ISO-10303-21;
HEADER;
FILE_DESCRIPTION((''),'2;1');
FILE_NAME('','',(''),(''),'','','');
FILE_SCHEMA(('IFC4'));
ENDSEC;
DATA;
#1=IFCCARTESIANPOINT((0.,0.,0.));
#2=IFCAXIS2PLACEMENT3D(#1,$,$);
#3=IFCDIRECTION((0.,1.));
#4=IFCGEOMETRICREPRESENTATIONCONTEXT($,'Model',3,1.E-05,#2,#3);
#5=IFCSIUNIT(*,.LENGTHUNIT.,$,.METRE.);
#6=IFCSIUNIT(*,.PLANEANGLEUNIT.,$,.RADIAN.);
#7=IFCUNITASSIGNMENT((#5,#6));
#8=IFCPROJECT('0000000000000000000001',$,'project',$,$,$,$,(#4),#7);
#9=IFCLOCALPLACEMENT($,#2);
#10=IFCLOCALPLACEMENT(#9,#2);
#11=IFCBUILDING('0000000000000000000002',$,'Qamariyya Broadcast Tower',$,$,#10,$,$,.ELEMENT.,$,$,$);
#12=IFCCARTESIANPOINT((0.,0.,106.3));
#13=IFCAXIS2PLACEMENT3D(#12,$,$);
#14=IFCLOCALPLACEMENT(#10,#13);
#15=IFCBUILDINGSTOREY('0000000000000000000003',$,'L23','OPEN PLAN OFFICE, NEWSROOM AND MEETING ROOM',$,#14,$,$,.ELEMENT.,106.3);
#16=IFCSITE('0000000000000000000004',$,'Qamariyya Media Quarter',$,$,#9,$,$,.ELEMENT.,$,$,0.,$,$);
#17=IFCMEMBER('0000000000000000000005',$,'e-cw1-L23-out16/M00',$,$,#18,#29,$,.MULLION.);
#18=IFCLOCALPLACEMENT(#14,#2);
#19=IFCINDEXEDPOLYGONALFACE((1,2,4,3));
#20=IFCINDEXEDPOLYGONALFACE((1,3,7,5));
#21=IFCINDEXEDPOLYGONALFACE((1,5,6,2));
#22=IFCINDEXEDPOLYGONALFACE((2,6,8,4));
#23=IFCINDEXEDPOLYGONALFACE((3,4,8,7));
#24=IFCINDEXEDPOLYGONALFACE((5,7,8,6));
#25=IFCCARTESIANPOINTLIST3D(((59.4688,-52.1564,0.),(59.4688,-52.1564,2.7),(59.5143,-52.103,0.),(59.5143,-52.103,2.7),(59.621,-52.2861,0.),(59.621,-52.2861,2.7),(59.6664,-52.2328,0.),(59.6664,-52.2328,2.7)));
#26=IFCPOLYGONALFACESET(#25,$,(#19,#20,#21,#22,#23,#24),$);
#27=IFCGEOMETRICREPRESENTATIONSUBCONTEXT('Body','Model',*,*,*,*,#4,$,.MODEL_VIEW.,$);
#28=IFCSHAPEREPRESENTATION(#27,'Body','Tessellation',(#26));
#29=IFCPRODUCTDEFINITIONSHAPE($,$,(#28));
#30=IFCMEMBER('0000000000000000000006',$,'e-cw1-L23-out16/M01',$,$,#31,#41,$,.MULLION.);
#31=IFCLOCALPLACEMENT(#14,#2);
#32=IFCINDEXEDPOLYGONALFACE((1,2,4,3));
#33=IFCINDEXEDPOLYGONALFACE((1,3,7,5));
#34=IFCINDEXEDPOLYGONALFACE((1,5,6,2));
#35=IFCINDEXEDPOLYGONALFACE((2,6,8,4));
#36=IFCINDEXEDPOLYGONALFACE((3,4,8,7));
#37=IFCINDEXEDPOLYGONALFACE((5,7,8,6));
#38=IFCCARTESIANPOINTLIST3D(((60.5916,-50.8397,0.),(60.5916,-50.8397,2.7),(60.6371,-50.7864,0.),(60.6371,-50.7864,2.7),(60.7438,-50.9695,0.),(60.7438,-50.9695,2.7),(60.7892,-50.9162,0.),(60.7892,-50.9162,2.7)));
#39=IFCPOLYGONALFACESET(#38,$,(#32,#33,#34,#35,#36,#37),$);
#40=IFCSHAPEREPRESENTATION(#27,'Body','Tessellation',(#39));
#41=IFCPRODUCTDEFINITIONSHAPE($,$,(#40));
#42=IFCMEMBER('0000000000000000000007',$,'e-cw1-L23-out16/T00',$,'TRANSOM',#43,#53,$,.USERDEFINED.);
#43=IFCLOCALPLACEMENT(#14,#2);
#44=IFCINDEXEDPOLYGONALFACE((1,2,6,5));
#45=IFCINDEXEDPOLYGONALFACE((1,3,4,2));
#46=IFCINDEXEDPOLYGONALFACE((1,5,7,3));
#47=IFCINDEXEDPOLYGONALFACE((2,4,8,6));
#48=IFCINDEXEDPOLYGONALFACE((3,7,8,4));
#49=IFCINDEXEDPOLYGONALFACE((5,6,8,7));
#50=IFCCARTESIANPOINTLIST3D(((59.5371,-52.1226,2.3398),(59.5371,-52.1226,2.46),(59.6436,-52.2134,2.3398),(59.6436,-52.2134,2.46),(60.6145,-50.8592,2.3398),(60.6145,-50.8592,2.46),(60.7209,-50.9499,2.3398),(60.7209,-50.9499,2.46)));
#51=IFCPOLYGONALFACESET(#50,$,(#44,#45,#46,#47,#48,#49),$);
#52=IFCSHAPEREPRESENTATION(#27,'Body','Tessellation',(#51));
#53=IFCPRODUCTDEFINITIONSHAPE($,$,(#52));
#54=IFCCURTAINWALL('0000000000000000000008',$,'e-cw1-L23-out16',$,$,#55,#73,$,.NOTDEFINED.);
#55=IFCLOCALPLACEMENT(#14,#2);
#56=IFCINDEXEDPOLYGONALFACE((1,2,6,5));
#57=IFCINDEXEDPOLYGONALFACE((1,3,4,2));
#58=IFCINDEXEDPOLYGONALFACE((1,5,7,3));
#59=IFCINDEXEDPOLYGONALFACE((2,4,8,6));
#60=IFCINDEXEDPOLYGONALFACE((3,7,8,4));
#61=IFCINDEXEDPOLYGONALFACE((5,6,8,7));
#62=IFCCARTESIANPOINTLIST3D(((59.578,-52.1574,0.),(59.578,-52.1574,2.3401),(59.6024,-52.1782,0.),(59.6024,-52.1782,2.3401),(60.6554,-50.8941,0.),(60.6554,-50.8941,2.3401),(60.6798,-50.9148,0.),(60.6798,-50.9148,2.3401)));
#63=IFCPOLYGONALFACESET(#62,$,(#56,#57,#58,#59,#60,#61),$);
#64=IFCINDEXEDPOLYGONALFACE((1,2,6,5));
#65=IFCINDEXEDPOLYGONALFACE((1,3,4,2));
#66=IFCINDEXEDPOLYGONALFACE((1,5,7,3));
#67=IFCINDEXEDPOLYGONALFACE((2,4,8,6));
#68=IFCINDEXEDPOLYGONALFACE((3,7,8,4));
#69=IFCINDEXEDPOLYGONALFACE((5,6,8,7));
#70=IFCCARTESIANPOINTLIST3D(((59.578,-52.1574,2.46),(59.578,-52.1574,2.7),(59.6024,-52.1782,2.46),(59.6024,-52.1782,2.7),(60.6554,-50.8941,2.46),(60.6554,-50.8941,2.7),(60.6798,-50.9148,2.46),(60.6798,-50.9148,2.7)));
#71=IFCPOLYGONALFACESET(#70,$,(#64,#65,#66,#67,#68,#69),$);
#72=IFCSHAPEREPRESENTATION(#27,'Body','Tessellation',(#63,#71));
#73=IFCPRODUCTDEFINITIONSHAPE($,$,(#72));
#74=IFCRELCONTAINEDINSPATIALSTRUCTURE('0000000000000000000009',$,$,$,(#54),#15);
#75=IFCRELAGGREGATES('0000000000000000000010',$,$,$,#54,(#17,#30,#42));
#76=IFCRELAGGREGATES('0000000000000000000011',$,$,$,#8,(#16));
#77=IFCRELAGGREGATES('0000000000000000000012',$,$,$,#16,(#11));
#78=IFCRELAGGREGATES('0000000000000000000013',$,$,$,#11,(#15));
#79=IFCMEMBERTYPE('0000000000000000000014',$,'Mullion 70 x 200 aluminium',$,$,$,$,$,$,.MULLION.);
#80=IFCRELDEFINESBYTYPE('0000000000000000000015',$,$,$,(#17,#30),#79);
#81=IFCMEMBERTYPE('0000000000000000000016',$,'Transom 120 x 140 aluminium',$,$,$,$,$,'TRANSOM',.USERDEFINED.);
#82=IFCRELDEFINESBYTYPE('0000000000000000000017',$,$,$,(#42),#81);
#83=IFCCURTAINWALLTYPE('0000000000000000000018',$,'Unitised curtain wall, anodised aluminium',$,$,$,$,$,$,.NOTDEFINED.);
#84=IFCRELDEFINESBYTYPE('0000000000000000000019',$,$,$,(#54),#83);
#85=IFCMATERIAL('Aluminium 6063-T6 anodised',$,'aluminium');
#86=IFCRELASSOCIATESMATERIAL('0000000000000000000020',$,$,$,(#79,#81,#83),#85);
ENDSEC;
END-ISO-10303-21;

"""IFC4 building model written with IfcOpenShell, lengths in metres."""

from ifc_helpers import new_model, si_unit, direction, frame, origin, origin_2d, place, context, subcontext, project, spatial, rectangle, extrude, material, material_profile, profile_set, type_object, element, aggregate, save


model = new_model("IFC4")

# Units and contexts
model_context = context("Model", 3, precision=1e-05, world=origin(), true_north=direction((0.0, 1.0)))
body_context = subcontext(model_context, "Body", "Model", "MODEL_VIEW")
ifc_project = project(units=[si_unit("LENGTHUNIT", "METRE"), si_unit("PLANEANGLEUNIT", "RADIAN")], contexts=[model_context])

# Members
ifc_material = material(Name="Aluminium 6063-T6 anodised", Category="aluminium")
ifc_material_profile_1 = material_profile(ifc_material, rectangle(XDim=0.2, YDim=0.0701, at=origin_2d()))
ifc_profile_set_1 = profile_set([ifc_material_profile_1], Name="Aluminium 6063-T6 anodised")
member_type_1 = type_object("IfcMemberType", Name="Mullion 70 x 200 aluminium", PredefinedType="MULLION", material=ifc_profile_set_1)
site_placement = place(None, origin())
building_placement = place(site_placement, origin())
storey_placement = place(building_placement, frame((0.0, 0.0, 106.3)))
member_1_placement = place(storey_placement, frame((59.5676, -52.1946, 0.0), z_axis=(0.0, 0.0, 1.0), x_axis=(-0.760854, 0.648923, 0.0)))
member_1 = element("IfcMember", 1, at=member_1_placement, type_object=member_type_1, Name="e-cw1-L23-out16/M00", PredefinedType="MULLION", context=body_context, shape_type="SweptSolid", body=[
    extrude(rectangle(XDim=0.2, YDim=0.0701, at=origin_2d()), origin(), (0.0, 0.0, 1.0), 2.7),
])
member_2_placement = place(storey_placement, frame((60.6904, -50.8779, 0.0), z_axis=(0.0, 0.0, 1.0), x_axis=(-0.760854, 0.648923, 0.0)))
member_2 = element("IfcMember", 2, at=member_2_placement, type_object=member_type_1, Name="e-cw1-L23-out16/M01", PredefinedType="MULLION", context=body_context, shape_type="SweptSolid", body=[
    extrude(rectangle(XDim=0.2, YDim=0.0701, at=origin_2d()), origin(), (0.0, 0.0, 1.0), 2.7),
])
ifc_material_profile_2 = material_profile(ifc_material, rectangle(XDim=0.1399, YDim=0.1201, at=origin_2d()))
ifc_profile_set_2 = profile_set([ifc_material_profile_2], Name="Aluminium 6063-T6 anodised")
member_type_2 = type_object("IfcMemberType", Name="Transom 120 x 140 aluminium", ElementType="TRANSOM", PredefinedType="USERDEFINED", material=ifc_profile_set_2)
member_3_placement = place(storey_placement, frame((59.5903, -52.168, 2.3999), z_axis=(0.648864, 0.760904, 0.0), x_axis=(-0.760904, 0.648864, 0.0)))
member_3 = element("IfcMember", 3, at=member_3_placement, type_object=member_type_2, Name="e-cw1-L23-out16/T00", ObjectType="TRANSOM", PredefinedType="USERDEFINED", context=body_context, shape_type="SweptSolid", body=[
    extrude(rectangle(XDim=0.1399, YDim=0.1201, at=origin_2d()), origin(), (0.0, 0.0, 1.0), 1.6604),
])

# Site, building, storey
site = spatial("IfcSite", under=ifc_project, at=site_placement, Name="Qamariyya Media Quarter", CompositionType="ELEMENT", RefElevation=0.0)
building = spatial("IfcBuilding", under=site, at=building_placement, Name="Qamariyya Broadcast Tower", CompositionType="ELEMENT")
storey = spatial("IfcBuildingStorey", under=building, at=storey_placement, Name="L23", Description="OPEN PLAN OFFICE, NEWSROOM AND MEETING ROOM", CompositionType="ELEMENT", Elevation=106.3)

# Curtain wall
curtain_wall_type = type_object("IfcCurtainWallType", Name="Unitised curtain wall, anodised aluminium", PredefinedType="NOTDEFINED", material=ifc_material)
curtain_wall_1_placement = place(storey_placement, origin())
curtain_wall_1 = element("IfcCurtainWall", 4, at=curtain_wall_1_placement, inside=storey, type_object=curtain_wall_type, Name="e-cw1-L23-out16", PredefinedType="NOTDEFINED", context=body_context, shape_type="SweptSolid", body=[
    extrude(rectangle(XDim=1.6604, YDim=0.032, at=origin_2d()), frame((60.1289, -51.5361, 0.0), x_axis=(0.64888, 0.760891, 0.0)), (0.0, 0.0, 1.0), 2.3401),
    extrude(rectangle(XDim=1.6604, YDim=0.032, at=origin_2d()), frame((60.1289, -51.5361, 2.46), x_axis=(0.64888, 0.760891, 0.0)), (0.0, 0.0, 1.0), 0.24),
])
aggregate(curtain_wall_1, [member_1, member_2, member_3])

save(model, "model.ifc")
